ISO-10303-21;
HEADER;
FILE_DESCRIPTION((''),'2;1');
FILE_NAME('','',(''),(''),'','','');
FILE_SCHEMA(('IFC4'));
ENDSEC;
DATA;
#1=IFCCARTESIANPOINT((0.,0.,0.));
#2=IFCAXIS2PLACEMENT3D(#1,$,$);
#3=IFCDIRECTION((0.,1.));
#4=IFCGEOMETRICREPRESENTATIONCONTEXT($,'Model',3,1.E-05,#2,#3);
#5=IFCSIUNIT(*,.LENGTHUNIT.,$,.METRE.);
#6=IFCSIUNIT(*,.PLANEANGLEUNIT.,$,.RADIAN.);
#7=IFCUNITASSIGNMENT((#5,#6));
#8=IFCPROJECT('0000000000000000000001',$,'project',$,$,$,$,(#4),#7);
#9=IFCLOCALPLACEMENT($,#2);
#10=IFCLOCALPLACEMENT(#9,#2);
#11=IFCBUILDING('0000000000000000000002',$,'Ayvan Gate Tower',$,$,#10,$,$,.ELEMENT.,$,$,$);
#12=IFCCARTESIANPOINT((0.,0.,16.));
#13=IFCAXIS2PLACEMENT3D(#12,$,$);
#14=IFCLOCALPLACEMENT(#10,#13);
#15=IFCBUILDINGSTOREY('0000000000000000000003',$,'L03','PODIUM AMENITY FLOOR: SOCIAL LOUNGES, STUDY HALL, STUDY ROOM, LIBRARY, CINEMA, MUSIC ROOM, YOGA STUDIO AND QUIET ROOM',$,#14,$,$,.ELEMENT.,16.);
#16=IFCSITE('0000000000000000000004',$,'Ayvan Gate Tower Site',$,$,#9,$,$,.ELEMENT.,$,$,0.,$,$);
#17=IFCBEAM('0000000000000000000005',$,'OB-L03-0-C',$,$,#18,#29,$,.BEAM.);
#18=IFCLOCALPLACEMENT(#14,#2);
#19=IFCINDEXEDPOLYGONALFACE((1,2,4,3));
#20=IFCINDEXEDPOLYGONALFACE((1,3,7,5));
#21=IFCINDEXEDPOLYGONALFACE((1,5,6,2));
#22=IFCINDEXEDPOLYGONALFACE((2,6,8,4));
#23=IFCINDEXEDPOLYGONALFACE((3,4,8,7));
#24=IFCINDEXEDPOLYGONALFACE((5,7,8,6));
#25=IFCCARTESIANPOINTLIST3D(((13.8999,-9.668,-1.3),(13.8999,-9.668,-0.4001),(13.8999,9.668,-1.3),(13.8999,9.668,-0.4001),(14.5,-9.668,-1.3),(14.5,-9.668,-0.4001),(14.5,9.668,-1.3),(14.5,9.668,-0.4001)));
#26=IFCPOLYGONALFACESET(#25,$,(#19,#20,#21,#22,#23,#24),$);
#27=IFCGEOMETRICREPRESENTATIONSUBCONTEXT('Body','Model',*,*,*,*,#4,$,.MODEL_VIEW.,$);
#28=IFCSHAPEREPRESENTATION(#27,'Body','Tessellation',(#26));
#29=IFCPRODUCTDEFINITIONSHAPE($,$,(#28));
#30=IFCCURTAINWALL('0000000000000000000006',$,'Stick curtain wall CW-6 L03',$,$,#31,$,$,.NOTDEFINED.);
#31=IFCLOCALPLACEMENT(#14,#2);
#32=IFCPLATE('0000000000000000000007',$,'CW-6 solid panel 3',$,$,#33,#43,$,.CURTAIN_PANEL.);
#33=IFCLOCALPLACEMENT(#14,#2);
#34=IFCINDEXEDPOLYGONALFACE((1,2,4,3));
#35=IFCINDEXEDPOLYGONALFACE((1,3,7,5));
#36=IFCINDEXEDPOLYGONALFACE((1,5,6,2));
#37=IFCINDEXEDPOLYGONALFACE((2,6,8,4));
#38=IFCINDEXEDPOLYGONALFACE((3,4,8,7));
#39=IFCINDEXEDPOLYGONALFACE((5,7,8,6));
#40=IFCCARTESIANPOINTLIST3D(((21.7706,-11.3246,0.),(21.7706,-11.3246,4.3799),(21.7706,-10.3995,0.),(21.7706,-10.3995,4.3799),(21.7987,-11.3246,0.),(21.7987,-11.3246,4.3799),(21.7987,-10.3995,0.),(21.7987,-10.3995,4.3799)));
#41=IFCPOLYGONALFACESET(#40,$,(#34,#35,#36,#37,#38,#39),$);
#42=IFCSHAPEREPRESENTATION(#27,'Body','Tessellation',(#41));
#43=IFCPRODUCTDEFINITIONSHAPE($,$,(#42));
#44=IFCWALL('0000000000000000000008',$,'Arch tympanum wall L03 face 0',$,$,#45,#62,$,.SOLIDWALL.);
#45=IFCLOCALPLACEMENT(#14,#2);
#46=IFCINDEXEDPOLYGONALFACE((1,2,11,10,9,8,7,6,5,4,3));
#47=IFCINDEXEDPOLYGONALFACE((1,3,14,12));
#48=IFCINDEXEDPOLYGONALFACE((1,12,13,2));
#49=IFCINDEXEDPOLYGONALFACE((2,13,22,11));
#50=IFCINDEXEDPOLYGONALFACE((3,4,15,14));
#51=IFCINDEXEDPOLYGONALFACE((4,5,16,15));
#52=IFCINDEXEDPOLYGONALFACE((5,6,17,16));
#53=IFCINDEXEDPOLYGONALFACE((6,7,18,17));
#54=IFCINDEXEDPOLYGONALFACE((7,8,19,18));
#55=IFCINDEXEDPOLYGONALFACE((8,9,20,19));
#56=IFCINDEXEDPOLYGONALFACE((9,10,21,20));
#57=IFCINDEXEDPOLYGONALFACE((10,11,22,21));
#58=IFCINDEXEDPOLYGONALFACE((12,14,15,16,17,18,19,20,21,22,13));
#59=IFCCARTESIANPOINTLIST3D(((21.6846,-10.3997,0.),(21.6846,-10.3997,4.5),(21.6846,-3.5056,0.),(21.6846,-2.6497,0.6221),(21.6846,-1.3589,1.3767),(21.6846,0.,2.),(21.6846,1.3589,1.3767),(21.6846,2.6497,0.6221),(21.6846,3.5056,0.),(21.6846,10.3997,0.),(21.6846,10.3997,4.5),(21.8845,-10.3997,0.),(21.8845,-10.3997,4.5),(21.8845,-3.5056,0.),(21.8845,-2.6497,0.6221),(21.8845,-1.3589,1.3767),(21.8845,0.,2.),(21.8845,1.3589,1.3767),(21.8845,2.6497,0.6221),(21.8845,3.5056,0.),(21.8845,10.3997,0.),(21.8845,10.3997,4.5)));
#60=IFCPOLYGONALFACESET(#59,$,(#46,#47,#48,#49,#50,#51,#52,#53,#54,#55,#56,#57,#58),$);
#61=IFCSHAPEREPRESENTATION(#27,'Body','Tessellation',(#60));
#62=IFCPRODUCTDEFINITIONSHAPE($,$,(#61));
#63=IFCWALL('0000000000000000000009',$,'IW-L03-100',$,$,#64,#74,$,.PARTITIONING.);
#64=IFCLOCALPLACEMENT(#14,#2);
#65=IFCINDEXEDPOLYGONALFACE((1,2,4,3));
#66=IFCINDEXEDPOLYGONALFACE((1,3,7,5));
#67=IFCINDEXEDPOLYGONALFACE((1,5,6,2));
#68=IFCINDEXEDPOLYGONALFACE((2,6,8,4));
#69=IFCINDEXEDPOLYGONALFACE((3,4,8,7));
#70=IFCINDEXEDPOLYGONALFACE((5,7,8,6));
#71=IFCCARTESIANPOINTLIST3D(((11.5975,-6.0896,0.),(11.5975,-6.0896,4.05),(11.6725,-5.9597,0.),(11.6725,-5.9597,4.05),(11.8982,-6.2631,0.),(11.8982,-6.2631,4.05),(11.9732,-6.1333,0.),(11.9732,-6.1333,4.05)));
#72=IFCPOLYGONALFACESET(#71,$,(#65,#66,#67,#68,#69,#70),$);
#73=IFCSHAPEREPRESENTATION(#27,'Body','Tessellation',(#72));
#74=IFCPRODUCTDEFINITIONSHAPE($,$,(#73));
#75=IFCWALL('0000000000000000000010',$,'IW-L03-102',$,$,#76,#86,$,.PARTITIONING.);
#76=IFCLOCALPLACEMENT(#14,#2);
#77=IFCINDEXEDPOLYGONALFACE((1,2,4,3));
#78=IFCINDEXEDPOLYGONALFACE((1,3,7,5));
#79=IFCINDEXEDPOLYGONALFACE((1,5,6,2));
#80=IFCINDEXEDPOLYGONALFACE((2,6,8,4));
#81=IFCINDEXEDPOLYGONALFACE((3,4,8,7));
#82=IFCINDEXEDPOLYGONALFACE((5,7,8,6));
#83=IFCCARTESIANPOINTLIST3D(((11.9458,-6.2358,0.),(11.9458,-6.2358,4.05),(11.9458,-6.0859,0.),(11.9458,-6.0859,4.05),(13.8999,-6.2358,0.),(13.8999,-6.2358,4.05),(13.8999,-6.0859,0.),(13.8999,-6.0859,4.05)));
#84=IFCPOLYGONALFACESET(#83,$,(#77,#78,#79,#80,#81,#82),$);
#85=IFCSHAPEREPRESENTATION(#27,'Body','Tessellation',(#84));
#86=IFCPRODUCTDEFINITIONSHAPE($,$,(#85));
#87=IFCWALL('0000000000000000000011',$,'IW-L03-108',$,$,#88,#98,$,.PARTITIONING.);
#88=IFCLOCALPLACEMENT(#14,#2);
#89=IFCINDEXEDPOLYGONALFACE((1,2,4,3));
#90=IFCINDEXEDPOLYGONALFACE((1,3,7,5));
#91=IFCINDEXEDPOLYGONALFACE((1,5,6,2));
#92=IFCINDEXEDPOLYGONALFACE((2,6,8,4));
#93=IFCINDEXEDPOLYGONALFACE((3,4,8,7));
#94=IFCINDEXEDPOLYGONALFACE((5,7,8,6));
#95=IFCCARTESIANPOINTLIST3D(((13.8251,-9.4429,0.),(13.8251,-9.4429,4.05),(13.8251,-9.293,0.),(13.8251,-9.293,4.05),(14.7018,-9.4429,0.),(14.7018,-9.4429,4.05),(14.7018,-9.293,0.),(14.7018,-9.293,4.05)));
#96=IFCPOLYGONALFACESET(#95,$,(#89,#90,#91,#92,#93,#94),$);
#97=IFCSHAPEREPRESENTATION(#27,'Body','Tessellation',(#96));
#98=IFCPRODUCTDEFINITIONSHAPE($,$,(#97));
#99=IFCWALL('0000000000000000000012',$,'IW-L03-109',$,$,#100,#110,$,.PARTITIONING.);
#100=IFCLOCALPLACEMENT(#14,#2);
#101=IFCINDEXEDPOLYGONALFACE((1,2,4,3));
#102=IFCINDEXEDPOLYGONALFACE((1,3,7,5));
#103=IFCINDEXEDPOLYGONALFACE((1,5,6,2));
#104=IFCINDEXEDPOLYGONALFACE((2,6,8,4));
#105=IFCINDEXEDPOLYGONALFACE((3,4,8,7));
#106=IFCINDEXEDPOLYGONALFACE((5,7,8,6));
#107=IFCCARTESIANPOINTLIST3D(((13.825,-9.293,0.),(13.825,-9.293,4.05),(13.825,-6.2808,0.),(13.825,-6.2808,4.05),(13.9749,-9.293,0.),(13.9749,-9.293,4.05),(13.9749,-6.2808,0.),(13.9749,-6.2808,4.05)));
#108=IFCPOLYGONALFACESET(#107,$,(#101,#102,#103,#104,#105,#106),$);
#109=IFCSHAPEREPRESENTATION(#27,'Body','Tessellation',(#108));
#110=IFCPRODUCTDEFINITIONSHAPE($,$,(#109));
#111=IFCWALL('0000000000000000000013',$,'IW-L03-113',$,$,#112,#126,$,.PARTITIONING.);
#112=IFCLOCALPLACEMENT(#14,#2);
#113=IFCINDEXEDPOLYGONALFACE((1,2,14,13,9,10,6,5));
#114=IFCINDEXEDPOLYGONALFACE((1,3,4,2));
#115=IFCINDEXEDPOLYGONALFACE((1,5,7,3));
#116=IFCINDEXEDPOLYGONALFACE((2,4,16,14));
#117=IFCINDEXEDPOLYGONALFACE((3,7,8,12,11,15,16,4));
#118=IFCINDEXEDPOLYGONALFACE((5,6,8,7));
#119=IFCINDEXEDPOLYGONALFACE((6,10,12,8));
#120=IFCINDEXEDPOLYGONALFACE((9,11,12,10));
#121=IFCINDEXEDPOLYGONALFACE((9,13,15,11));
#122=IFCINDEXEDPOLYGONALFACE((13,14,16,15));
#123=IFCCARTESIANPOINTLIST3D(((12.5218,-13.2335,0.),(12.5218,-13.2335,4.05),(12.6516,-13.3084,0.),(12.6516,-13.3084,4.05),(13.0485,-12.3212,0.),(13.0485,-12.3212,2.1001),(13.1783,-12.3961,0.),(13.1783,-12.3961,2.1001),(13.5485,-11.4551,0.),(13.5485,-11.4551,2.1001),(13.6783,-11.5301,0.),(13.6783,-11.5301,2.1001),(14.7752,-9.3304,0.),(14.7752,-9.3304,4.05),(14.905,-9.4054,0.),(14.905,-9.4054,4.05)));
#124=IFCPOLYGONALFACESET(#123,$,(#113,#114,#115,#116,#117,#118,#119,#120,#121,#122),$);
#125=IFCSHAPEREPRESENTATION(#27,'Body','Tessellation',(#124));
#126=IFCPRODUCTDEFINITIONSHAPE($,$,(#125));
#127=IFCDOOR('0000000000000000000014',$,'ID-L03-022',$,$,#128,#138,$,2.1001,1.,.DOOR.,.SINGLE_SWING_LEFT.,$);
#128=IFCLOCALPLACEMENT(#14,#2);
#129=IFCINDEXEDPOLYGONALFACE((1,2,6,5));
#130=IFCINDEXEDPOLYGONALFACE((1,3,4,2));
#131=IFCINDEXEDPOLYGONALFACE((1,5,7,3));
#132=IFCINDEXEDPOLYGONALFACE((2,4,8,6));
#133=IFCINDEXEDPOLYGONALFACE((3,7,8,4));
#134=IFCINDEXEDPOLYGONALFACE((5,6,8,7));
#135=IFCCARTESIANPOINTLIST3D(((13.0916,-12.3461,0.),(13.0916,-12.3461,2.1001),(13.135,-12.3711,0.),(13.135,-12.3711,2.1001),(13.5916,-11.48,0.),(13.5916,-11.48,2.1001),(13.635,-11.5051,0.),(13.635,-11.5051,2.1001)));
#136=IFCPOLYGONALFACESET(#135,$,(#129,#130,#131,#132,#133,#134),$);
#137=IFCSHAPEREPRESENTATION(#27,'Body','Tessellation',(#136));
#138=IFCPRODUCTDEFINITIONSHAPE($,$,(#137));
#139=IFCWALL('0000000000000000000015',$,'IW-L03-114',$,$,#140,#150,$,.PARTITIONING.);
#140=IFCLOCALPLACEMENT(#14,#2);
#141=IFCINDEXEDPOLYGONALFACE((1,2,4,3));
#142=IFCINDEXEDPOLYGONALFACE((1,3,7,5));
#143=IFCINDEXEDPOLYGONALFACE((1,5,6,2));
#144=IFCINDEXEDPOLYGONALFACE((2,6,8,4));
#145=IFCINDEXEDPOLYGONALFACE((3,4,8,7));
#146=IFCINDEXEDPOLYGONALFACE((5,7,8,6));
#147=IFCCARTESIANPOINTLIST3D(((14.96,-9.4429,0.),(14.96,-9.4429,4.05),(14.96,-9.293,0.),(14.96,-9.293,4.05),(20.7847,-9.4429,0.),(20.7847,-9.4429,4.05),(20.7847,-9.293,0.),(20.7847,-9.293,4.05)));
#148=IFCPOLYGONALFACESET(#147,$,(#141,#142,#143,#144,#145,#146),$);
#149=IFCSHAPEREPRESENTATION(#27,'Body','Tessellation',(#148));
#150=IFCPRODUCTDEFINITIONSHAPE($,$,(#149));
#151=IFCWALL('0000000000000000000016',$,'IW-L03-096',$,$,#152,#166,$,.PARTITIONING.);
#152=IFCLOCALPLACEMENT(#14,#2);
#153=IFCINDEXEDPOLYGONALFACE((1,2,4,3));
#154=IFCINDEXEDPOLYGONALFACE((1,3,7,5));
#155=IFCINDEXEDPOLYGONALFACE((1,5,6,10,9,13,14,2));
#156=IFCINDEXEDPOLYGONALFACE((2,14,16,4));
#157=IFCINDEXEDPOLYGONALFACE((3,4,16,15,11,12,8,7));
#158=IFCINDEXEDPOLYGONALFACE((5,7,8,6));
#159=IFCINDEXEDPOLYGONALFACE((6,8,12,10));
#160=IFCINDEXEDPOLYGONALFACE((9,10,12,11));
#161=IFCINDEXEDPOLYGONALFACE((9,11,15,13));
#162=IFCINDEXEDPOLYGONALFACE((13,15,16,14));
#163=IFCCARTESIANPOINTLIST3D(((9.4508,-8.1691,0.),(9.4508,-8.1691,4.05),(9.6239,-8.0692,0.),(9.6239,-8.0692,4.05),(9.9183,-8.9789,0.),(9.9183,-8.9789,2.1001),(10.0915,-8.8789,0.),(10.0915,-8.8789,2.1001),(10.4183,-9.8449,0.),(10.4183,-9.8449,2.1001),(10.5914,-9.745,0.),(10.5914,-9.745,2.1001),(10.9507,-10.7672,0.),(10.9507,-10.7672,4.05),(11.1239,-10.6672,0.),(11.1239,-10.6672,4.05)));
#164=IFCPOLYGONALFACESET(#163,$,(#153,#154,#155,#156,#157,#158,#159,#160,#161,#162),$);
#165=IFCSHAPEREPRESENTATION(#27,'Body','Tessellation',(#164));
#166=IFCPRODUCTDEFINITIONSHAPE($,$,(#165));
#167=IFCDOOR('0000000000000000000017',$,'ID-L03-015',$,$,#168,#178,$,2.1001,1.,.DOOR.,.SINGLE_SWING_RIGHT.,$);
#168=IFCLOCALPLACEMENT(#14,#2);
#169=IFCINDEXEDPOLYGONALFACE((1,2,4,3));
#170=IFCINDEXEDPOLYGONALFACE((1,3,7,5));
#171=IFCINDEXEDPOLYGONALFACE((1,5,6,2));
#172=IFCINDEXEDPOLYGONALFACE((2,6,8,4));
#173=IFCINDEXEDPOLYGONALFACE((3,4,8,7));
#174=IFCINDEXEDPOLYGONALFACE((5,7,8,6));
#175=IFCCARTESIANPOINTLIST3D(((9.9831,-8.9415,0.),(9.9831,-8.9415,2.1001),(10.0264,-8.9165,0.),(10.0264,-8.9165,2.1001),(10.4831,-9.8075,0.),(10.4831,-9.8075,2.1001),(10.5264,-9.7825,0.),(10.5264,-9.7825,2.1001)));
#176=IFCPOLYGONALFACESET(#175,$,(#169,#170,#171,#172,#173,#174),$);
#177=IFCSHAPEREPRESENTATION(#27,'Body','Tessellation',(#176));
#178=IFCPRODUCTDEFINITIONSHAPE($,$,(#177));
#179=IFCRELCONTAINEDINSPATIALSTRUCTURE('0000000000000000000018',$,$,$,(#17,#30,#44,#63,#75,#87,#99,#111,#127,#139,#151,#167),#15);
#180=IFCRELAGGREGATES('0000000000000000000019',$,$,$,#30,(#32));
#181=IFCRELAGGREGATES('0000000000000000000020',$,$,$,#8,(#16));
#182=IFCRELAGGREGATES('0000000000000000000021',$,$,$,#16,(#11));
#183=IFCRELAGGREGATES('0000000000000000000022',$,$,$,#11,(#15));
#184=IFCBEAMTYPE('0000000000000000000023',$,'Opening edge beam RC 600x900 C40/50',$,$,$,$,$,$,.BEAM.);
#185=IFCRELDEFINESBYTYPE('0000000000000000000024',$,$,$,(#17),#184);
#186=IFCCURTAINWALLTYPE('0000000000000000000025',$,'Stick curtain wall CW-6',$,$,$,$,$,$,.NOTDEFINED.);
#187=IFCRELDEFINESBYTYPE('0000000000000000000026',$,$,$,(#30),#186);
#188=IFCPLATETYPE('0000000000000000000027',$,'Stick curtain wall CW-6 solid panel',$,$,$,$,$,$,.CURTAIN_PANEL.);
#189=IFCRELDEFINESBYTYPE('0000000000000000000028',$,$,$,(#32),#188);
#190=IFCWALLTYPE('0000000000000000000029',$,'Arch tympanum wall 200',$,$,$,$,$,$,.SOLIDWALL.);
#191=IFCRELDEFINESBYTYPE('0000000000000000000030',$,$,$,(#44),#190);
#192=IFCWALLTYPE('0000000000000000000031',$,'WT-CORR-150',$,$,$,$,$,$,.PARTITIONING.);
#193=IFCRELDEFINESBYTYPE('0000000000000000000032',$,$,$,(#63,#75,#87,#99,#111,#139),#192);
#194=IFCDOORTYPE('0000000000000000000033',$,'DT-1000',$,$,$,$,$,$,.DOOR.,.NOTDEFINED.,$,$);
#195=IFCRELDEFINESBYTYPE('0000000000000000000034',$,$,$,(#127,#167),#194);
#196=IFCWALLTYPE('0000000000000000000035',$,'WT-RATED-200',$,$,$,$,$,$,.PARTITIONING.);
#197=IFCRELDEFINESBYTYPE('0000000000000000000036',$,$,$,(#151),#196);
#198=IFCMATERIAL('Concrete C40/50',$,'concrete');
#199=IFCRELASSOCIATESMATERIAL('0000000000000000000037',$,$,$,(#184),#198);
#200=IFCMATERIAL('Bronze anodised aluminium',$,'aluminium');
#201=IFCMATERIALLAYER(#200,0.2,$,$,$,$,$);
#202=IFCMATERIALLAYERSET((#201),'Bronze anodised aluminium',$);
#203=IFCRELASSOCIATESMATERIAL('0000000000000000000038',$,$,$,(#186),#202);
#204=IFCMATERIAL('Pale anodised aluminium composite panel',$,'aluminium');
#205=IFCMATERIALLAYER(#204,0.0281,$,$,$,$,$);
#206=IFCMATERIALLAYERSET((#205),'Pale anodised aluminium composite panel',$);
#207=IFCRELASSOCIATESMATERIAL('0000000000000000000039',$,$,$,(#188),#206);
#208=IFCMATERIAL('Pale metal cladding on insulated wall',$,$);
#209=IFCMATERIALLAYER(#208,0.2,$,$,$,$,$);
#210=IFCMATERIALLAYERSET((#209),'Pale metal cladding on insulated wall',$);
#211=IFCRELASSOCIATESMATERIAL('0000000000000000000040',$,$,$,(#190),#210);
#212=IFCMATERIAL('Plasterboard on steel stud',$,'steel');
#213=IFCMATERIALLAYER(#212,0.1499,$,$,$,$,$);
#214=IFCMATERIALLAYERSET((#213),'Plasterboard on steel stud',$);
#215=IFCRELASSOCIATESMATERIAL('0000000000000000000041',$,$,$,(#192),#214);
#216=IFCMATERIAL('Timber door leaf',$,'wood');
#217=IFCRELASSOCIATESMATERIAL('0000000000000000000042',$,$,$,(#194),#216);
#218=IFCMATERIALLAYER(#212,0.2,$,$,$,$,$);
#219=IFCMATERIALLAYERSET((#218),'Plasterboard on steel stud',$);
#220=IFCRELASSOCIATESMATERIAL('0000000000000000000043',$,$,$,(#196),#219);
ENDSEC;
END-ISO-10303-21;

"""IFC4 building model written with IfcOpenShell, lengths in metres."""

from ifc_helpers import new_model, si_unit, direction, frame, frame_2d, origin, origin_2d, place, context, subcontext, project, spatial, polyline, rectangle, outline, extrude, material, layer, layer_set, material_profile, profile_set, type_object, element, fill, aggregate, save


model = new_model("IFC4")

# Units and contexts
model_context = context("Model", 3, precision=1e-05, world=origin(), true_north=direction((0.0, 1.0)))
body_context = subcontext(model_context, "Body", "Model", "MODEL_VIEW")
ifc_project = project(units=[si_unit("LENGTHUNIT", "METRE"), si_unit("PLANEANGLEUNIT", "RADIAN")], contexts=[model_context])

# Site, building, storey
site_placement = place(None, origin())
site = spatial("IfcSite", under=ifc_project, at=site_placement, Name="Ayvan Gate Tower Site", CompositionType="ELEMENT", RefElevation=0.0)
building_placement = place(site_placement, origin())
building = spatial("IfcBuilding", under=site, at=building_placement, Name="Ayvan Gate Tower", CompositionType="ELEMENT")
storey_placement = place(building_placement, frame((0.0, 0.0, 16.0)))
storey = spatial("IfcBuildingStorey", under=building, at=storey_placement, Name="L03", Description="PODIUM AMENITY FLOOR: SOCIAL LOUNGES, STUDY HALL, STUDY ROOM, LIBRARY, CINEMA, MUSIC ROOM, YOGA STUDIO AND QUIET ROOM", CompositionType="ELEMENT", Elevation=16.0)

# Beam
ifc_material_1 = material(Name="Concrete C40/50", Category="concrete")
ifc_material_profile_1 = material_profile(ifc_material_1, rectangle(XDim=0.6001, YDim=0.8999, at=origin_2d()), Name="RC 600x900")
ifc_profile_set_1 = profile_set([ifc_material_profile_1], Name="Concrete C40/50")
beam_type_1 = type_object("IfcBeamType", Name="Opening edge beam RC 600x900 C40/50", PredefinedType="BEAM", material=ifc_profile_set_1)
beam_1_placement = place(storey_placement, frame((14.2, -9.668, -0.8501), z_axis=(0.0, 1.0, 0.0), x_axis=(-1.0, 0.0, 0.0)))
element("IfcBeam", 1, at=beam_1_placement, inside=storey, type_object=beam_type_1, Name="OB-L03-0-C", PredefinedType="BEAM", context=body_context, shape_type="SweptSolid", body=[
    extrude(rectangle(XDim=0.6001, YDim=0.8999, at=origin_2d()), origin(), (0.0, 0.0, 1.0), 19.3359),
])

# Curtain wall, plate
ifc_material_2 = material(Name="Bronze anodised aluminium", Category="aluminium")
ifc_layer_1 = layer(ifc_material_2, 0.2)
ifc_layer_set_1 = layer_set([ifc_layer_1], Name="Bronze anodised aluminium")
curtain_wall_type = type_object("IfcCurtainWallType", Name="Stick curtain wall CW-6", PredefinedType="NOTDEFINED", material=ifc_layer_set_1)
curtain_wall_placement = place(storey_placement, origin())
curtain_wall = element("IfcCurtainWall", 2, at=curtain_wall_placement, inside=storey, type_object=curtain_wall_type, Name="Stick curtain wall CW-6 L03", PredefinedType="NOTDEFINED")
ifc_material_3 = material(Name="Pale anodised aluminium composite panel", Category="aluminium")
ifc_layer_2 = layer(ifc_material_3, 0.0281)
ifc_layer_set_2 = layer_set([ifc_layer_2], Name="Pale anodised aluminium composite panel")
plate_type = type_object("IfcPlateType", Name="Stick curtain wall CW-6 solid panel", PredefinedType="CURTAIN_PANEL", material=ifc_layer_set_2)
plate_placement = place(storey_placement, frame((21.7847, -10.8621, 0.0), z_axis=(0.0, 0.0, 1.0), x_axis=(0.0, 1.0, 0.0)))
plate = element("IfcPlate", 3, at=plate_placement, type_object=plate_type, Name="CW-6 solid panel 3", PredefinedType="CURTAIN_PANEL", context=body_context, shape_type="SweptSolid", body=[
    extrude(rectangle(XDim=0.925, YDim=0.0281, at=origin_2d()), origin(), (0.0, 0.0, 1.0), 4.3799),
])
aggregate(curtain_wall, [plate])

# Walls
ifc_material_4 = material(Name="Pale metal cladding on insulated wall")
ifc_layer_3 = layer(ifc_material_4, 0.2)
ifc_layer_set_3 = layer_set([ifc_layer_3], Name="Pale metal cladding on insulated wall")
wall_type_1 = type_object("IfcWallType", Name="Arch tympanum wall 200", PredefinedType="SOLIDWALL", material=ifc_layer_set_3)
wall_1_placement = place(storey_placement, frame((21.6846, -10.3997, 4.5), z_axis=(-1.0, 0.0, 0.0), x_axis=(0.0, 1.0, 0.0)))
element("IfcWall", 4, at=wall_1_placement, inside=storey, type_object=wall_type_1, Name="Arch tympanum wall L03 face 0", PredefinedType="SOLIDWALL", context=body_context, shape_type="SweptSolid", body=[
    extrude(outline(polyline([(0.0, 0.0), (20.7993, 0.0), (20.7993, 4.5), (13.9053, 4.5), (13.0493, 3.8779), (11.7585, 3.1233), (10.3997, 2.5), (9.0408, 3.1233), (7.75, 3.8779), (6.894, 4.5), (0.0, 4.5), (0.0, 0.0)])), origin(), (0.0, 0.0, -1.0), 0.2),
])
ifc_material_5 = material(Name="Plasterboard on steel stud", Category="steel")
ifc_layer_4 = layer(ifc_material_5, 0.1499)
ifc_layer_set_4 = layer_set([ifc_layer_4], Name="Plasterboard on steel stud")
wall_type_2 = type_object("IfcWallType", Name="WT-CORR-150", PredefinedType="PARTITIONING", material=ifc_layer_set_4)
wall_2_placement = place(storey_placement, frame((11.635, -6.0247, 0.0), z_axis=(0.0, 0.0, 1.0), x_axis=(0.866115, -0.499844, 0.0)))
element("IfcWall", 5, at=wall_2_placement, inside=storey, type_object=wall_type_2, Name="IW-L03-100", PredefinedType="PARTITIONING", context=body_context, shape_type="SweptSolid", body=[
    extrude(rectangle(XDim=0.3472, YDim=0.1499, at=frame_2d((0.1736, 0.0))), origin(), (0.0, 0.0, 1.0), 4.05),
])
wall_3_placement = place(storey_placement, frame((11.9458, -6.1609, 0.0), z_axis=(0.0, 0.0, 1.0), x_axis=(1.0, 0.0, 0.0)))
element("IfcWall", 6, at=wall_3_placement, inside=storey, type_object=wall_type_2, Name="IW-L03-102", PredefinedType="PARTITIONING", context=body_context, shape_type="SweptSolid", body=[
    extrude(rectangle(XDim=1.9541, YDim=0.1499, at=frame_2d((0.9771, 0.0))), origin(), (0.0, 0.0, 1.0), 4.05),
])
wall_4_placement = place(storey_placement, frame((13.825, -9.3679, 0.0), z_axis=(0.0, 0.0, 1.0), x_axis=(1.0, 0.0, 0.0)))
element("IfcWall", 7, at=wall_4_placement, inside=storey, type_object=wall_type_2, Name="IW-L03-108", PredefinedType="PARTITIONING", context=body_context, shape_type="SweptSolid", body=[
    extrude(rectangle(XDim=0.8767, YDim=0.1499, at=frame_2d((0.4385, 0.0))), origin(), (0.0, 0.0, 1.0), 4.05),
])
wall_5_placement = place(storey_placement, frame((13.8999, -6.2808, 0.0), z_axis=(0.0, 0.0, 1.0), x_axis=(0.0, -1.0, 0.0)))
element("IfcWall", 8, at=wall_5_placement, inside=storey, type_object=wall_type_2, Name="IW-L03-109", PredefinedType="PARTITIONING", context=body_context, shape_type="SweptSolid", body=[
    extrude(rectangle(XDim=3.0122, YDim=0.1499, at=frame_2d((1.5061, 0.0))), origin(), (0.0, 0.0, 1.0), 4.05),
])

# Wall, opening, door
wall_6_placement = place(storey_placement, frame((14.8401, -9.3679, 0.0), z_axis=(0.0, 0.0, 1.0), x_axis=(-0.499996, -0.866028, 0.0)))
wall_6 = element("IfcWall", 9, at=wall_6_placement, inside=storey, type_object=wall_type_2, Name="IW-L03-113", PredefinedType="PARTITIONING", context=body_context, shape_type="SweptSolid", body=[
    extrude(rectangle(XDim=4.5068, YDim=0.1499, at=frame_2d((2.2534, 0.0))), origin(), (0.0, 0.0, 1.0), 4.05),
])
opening_1_placement = place(wall_6_placement, frame((2.4534, 0.0, 0.0)))
opening_1 = element("IfcOpeningElement", 10, at=opening_1_placement, cuts=wall_6, PredefinedType="OPENING", context=body_context, shape_type="SweptSolid", body=[
    extrude(rectangle(XDim=1.0, YDim=2.1001, at=frame_2d((0.5, 1.05))), frame((0.0, 0.085, 0.0), z_axis=(0.0, -1.0, 0.0), x_axis=(1.0, 0.0, 0.0)), (0.0, 0.0, 1.0), 0.1699),
])
ifc_material_6 = material(Name="Timber door leaf", Category="wood")
door_type = type_object("IfcDoorType", Name="DT-1000", OperationType="NOTDEFINED", PredefinedType="DOOR", material=ifc_material_6)
door_1_placement = place(opening_1_placement, origin())
door_1 = element("IfcDoor", 11, at=door_1_placement, inside=storey, type_object=door_type, Name="ID-L03-022", OperationType="SINGLE_SWING_LEFT", OverallHeight=2.1001, OverallWidth=1.0, PredefinedType="DOOR", context=body_context, shape_type="SweptSolid", body=[
    extrude(rectangle(XDim=1.0, YDim=2.1001, at=frame_2d((0.5, 1.05))), frame((0.0, 0.0249, 0.0), z_axis=(0.0, -1.0, 0.0), x_axis=(1.0, 0.0, 0.0)), (0.0, 0.0, 1.0), 0.05),
])
fill(opening_1, door_1)

# Wall
wall_7_placement = place(storey_placement, frame((14.96, -9.3679, 0.0), z_axis=(0.0, 0.0, 1.0), x_axis=(1.0, 0.0, 0.0)))
element("IfcWall", 12, at=wall_7_placement, inside=storey, type_object=wall_type_2, Name="IW-L03-114", PredefinedType="PARTITIONING", context=body_context, shape_type="SweptSolid", body=[
    extrude(rectangle(XDim=5.8247, YDim=0.1499, at=frame_2d((2.9124, 0.0))), origin(), (0.0, 0.0, 1.0), 4.05),
])

# Wall, opening, door
ifc_layer_5 = layer(ifc_material_5, 0.2)
ifc_layer_set_5 = layer_set([ifc_layer_5], Name="Plasterboard on steel stud")
wall_type_3 = type_object("IfcWallType", Name="WT-RATED-200", PredefinedType="PARTITIONING", material=ifc_layer_set_5)
wall_8_placement = place(storey_placement, frame((9.5374, -8.1191, 0.0), z_axis=(0.0, 0.0, 1.0), x_axis=(0.49999, -0.866031, 0.0)))
wall_8 = element("IfcWall", 13, at=wall_8_placement, inside=storey, type_object=wall_type_3, Name="IW-L03-096", PredefinedType="PARTITIONING", context=body_context, shape_type="SweptSolid", body=[
    extrude(rectangle(XDim=3.0, YDim=0.2, at=frame_2d((1.5, 0.0))), origin(), (0.0, 0.0, 1.0), 4.05),
])
opening_2_placement = place(wall_8_placement, frame((0.9351, 0.0, 0.0)))
opening_2 = element("IfcOpeningElement", 14, at=opening_2_placement, cuts=wall_8, PredefinedType="OPENING", context=body_context, shape_type="SweptSolid", body=[
    extrude(rectangle(XDim=1.0, YDim=2.1001, at=frame_2d((0.5, 1.05))), frame((0.0, 0.1099, 0.0), z_axis=(0.0, -1.0, 0.0), x_axis=(1.0, 0.0, 0.0)), (0.0, 0.0, 1.0), 0.22),
])
door_2_placement = place(opening_2_placement, origin())
door_2 = element("IfcDoor", 15, at=door_2_placement, inside=storey, type_object=door_type, Name="ID-L03-015", OperationType="SINGLE_SWING_RIGHT", OverallHeight=2.1001, OverallWidth=1.0, PredefinedType="DOOR", context=body_context, shape_type="SweptSolid", body=[
    extrude(rectangle(XDim=1.0, YDim=2.1001, at=frame_2d((0.5, 1.05))), frame((0.0, 0.0249, 0.0), z_axis=(0.0, -1.0, 0.0), x_axis=(1.0, 0.0, 0.0)), (0.0, 0.0, 1.0), 0.05),
])
fill(opening_2, door_2)

save(model, "model.ifc")
